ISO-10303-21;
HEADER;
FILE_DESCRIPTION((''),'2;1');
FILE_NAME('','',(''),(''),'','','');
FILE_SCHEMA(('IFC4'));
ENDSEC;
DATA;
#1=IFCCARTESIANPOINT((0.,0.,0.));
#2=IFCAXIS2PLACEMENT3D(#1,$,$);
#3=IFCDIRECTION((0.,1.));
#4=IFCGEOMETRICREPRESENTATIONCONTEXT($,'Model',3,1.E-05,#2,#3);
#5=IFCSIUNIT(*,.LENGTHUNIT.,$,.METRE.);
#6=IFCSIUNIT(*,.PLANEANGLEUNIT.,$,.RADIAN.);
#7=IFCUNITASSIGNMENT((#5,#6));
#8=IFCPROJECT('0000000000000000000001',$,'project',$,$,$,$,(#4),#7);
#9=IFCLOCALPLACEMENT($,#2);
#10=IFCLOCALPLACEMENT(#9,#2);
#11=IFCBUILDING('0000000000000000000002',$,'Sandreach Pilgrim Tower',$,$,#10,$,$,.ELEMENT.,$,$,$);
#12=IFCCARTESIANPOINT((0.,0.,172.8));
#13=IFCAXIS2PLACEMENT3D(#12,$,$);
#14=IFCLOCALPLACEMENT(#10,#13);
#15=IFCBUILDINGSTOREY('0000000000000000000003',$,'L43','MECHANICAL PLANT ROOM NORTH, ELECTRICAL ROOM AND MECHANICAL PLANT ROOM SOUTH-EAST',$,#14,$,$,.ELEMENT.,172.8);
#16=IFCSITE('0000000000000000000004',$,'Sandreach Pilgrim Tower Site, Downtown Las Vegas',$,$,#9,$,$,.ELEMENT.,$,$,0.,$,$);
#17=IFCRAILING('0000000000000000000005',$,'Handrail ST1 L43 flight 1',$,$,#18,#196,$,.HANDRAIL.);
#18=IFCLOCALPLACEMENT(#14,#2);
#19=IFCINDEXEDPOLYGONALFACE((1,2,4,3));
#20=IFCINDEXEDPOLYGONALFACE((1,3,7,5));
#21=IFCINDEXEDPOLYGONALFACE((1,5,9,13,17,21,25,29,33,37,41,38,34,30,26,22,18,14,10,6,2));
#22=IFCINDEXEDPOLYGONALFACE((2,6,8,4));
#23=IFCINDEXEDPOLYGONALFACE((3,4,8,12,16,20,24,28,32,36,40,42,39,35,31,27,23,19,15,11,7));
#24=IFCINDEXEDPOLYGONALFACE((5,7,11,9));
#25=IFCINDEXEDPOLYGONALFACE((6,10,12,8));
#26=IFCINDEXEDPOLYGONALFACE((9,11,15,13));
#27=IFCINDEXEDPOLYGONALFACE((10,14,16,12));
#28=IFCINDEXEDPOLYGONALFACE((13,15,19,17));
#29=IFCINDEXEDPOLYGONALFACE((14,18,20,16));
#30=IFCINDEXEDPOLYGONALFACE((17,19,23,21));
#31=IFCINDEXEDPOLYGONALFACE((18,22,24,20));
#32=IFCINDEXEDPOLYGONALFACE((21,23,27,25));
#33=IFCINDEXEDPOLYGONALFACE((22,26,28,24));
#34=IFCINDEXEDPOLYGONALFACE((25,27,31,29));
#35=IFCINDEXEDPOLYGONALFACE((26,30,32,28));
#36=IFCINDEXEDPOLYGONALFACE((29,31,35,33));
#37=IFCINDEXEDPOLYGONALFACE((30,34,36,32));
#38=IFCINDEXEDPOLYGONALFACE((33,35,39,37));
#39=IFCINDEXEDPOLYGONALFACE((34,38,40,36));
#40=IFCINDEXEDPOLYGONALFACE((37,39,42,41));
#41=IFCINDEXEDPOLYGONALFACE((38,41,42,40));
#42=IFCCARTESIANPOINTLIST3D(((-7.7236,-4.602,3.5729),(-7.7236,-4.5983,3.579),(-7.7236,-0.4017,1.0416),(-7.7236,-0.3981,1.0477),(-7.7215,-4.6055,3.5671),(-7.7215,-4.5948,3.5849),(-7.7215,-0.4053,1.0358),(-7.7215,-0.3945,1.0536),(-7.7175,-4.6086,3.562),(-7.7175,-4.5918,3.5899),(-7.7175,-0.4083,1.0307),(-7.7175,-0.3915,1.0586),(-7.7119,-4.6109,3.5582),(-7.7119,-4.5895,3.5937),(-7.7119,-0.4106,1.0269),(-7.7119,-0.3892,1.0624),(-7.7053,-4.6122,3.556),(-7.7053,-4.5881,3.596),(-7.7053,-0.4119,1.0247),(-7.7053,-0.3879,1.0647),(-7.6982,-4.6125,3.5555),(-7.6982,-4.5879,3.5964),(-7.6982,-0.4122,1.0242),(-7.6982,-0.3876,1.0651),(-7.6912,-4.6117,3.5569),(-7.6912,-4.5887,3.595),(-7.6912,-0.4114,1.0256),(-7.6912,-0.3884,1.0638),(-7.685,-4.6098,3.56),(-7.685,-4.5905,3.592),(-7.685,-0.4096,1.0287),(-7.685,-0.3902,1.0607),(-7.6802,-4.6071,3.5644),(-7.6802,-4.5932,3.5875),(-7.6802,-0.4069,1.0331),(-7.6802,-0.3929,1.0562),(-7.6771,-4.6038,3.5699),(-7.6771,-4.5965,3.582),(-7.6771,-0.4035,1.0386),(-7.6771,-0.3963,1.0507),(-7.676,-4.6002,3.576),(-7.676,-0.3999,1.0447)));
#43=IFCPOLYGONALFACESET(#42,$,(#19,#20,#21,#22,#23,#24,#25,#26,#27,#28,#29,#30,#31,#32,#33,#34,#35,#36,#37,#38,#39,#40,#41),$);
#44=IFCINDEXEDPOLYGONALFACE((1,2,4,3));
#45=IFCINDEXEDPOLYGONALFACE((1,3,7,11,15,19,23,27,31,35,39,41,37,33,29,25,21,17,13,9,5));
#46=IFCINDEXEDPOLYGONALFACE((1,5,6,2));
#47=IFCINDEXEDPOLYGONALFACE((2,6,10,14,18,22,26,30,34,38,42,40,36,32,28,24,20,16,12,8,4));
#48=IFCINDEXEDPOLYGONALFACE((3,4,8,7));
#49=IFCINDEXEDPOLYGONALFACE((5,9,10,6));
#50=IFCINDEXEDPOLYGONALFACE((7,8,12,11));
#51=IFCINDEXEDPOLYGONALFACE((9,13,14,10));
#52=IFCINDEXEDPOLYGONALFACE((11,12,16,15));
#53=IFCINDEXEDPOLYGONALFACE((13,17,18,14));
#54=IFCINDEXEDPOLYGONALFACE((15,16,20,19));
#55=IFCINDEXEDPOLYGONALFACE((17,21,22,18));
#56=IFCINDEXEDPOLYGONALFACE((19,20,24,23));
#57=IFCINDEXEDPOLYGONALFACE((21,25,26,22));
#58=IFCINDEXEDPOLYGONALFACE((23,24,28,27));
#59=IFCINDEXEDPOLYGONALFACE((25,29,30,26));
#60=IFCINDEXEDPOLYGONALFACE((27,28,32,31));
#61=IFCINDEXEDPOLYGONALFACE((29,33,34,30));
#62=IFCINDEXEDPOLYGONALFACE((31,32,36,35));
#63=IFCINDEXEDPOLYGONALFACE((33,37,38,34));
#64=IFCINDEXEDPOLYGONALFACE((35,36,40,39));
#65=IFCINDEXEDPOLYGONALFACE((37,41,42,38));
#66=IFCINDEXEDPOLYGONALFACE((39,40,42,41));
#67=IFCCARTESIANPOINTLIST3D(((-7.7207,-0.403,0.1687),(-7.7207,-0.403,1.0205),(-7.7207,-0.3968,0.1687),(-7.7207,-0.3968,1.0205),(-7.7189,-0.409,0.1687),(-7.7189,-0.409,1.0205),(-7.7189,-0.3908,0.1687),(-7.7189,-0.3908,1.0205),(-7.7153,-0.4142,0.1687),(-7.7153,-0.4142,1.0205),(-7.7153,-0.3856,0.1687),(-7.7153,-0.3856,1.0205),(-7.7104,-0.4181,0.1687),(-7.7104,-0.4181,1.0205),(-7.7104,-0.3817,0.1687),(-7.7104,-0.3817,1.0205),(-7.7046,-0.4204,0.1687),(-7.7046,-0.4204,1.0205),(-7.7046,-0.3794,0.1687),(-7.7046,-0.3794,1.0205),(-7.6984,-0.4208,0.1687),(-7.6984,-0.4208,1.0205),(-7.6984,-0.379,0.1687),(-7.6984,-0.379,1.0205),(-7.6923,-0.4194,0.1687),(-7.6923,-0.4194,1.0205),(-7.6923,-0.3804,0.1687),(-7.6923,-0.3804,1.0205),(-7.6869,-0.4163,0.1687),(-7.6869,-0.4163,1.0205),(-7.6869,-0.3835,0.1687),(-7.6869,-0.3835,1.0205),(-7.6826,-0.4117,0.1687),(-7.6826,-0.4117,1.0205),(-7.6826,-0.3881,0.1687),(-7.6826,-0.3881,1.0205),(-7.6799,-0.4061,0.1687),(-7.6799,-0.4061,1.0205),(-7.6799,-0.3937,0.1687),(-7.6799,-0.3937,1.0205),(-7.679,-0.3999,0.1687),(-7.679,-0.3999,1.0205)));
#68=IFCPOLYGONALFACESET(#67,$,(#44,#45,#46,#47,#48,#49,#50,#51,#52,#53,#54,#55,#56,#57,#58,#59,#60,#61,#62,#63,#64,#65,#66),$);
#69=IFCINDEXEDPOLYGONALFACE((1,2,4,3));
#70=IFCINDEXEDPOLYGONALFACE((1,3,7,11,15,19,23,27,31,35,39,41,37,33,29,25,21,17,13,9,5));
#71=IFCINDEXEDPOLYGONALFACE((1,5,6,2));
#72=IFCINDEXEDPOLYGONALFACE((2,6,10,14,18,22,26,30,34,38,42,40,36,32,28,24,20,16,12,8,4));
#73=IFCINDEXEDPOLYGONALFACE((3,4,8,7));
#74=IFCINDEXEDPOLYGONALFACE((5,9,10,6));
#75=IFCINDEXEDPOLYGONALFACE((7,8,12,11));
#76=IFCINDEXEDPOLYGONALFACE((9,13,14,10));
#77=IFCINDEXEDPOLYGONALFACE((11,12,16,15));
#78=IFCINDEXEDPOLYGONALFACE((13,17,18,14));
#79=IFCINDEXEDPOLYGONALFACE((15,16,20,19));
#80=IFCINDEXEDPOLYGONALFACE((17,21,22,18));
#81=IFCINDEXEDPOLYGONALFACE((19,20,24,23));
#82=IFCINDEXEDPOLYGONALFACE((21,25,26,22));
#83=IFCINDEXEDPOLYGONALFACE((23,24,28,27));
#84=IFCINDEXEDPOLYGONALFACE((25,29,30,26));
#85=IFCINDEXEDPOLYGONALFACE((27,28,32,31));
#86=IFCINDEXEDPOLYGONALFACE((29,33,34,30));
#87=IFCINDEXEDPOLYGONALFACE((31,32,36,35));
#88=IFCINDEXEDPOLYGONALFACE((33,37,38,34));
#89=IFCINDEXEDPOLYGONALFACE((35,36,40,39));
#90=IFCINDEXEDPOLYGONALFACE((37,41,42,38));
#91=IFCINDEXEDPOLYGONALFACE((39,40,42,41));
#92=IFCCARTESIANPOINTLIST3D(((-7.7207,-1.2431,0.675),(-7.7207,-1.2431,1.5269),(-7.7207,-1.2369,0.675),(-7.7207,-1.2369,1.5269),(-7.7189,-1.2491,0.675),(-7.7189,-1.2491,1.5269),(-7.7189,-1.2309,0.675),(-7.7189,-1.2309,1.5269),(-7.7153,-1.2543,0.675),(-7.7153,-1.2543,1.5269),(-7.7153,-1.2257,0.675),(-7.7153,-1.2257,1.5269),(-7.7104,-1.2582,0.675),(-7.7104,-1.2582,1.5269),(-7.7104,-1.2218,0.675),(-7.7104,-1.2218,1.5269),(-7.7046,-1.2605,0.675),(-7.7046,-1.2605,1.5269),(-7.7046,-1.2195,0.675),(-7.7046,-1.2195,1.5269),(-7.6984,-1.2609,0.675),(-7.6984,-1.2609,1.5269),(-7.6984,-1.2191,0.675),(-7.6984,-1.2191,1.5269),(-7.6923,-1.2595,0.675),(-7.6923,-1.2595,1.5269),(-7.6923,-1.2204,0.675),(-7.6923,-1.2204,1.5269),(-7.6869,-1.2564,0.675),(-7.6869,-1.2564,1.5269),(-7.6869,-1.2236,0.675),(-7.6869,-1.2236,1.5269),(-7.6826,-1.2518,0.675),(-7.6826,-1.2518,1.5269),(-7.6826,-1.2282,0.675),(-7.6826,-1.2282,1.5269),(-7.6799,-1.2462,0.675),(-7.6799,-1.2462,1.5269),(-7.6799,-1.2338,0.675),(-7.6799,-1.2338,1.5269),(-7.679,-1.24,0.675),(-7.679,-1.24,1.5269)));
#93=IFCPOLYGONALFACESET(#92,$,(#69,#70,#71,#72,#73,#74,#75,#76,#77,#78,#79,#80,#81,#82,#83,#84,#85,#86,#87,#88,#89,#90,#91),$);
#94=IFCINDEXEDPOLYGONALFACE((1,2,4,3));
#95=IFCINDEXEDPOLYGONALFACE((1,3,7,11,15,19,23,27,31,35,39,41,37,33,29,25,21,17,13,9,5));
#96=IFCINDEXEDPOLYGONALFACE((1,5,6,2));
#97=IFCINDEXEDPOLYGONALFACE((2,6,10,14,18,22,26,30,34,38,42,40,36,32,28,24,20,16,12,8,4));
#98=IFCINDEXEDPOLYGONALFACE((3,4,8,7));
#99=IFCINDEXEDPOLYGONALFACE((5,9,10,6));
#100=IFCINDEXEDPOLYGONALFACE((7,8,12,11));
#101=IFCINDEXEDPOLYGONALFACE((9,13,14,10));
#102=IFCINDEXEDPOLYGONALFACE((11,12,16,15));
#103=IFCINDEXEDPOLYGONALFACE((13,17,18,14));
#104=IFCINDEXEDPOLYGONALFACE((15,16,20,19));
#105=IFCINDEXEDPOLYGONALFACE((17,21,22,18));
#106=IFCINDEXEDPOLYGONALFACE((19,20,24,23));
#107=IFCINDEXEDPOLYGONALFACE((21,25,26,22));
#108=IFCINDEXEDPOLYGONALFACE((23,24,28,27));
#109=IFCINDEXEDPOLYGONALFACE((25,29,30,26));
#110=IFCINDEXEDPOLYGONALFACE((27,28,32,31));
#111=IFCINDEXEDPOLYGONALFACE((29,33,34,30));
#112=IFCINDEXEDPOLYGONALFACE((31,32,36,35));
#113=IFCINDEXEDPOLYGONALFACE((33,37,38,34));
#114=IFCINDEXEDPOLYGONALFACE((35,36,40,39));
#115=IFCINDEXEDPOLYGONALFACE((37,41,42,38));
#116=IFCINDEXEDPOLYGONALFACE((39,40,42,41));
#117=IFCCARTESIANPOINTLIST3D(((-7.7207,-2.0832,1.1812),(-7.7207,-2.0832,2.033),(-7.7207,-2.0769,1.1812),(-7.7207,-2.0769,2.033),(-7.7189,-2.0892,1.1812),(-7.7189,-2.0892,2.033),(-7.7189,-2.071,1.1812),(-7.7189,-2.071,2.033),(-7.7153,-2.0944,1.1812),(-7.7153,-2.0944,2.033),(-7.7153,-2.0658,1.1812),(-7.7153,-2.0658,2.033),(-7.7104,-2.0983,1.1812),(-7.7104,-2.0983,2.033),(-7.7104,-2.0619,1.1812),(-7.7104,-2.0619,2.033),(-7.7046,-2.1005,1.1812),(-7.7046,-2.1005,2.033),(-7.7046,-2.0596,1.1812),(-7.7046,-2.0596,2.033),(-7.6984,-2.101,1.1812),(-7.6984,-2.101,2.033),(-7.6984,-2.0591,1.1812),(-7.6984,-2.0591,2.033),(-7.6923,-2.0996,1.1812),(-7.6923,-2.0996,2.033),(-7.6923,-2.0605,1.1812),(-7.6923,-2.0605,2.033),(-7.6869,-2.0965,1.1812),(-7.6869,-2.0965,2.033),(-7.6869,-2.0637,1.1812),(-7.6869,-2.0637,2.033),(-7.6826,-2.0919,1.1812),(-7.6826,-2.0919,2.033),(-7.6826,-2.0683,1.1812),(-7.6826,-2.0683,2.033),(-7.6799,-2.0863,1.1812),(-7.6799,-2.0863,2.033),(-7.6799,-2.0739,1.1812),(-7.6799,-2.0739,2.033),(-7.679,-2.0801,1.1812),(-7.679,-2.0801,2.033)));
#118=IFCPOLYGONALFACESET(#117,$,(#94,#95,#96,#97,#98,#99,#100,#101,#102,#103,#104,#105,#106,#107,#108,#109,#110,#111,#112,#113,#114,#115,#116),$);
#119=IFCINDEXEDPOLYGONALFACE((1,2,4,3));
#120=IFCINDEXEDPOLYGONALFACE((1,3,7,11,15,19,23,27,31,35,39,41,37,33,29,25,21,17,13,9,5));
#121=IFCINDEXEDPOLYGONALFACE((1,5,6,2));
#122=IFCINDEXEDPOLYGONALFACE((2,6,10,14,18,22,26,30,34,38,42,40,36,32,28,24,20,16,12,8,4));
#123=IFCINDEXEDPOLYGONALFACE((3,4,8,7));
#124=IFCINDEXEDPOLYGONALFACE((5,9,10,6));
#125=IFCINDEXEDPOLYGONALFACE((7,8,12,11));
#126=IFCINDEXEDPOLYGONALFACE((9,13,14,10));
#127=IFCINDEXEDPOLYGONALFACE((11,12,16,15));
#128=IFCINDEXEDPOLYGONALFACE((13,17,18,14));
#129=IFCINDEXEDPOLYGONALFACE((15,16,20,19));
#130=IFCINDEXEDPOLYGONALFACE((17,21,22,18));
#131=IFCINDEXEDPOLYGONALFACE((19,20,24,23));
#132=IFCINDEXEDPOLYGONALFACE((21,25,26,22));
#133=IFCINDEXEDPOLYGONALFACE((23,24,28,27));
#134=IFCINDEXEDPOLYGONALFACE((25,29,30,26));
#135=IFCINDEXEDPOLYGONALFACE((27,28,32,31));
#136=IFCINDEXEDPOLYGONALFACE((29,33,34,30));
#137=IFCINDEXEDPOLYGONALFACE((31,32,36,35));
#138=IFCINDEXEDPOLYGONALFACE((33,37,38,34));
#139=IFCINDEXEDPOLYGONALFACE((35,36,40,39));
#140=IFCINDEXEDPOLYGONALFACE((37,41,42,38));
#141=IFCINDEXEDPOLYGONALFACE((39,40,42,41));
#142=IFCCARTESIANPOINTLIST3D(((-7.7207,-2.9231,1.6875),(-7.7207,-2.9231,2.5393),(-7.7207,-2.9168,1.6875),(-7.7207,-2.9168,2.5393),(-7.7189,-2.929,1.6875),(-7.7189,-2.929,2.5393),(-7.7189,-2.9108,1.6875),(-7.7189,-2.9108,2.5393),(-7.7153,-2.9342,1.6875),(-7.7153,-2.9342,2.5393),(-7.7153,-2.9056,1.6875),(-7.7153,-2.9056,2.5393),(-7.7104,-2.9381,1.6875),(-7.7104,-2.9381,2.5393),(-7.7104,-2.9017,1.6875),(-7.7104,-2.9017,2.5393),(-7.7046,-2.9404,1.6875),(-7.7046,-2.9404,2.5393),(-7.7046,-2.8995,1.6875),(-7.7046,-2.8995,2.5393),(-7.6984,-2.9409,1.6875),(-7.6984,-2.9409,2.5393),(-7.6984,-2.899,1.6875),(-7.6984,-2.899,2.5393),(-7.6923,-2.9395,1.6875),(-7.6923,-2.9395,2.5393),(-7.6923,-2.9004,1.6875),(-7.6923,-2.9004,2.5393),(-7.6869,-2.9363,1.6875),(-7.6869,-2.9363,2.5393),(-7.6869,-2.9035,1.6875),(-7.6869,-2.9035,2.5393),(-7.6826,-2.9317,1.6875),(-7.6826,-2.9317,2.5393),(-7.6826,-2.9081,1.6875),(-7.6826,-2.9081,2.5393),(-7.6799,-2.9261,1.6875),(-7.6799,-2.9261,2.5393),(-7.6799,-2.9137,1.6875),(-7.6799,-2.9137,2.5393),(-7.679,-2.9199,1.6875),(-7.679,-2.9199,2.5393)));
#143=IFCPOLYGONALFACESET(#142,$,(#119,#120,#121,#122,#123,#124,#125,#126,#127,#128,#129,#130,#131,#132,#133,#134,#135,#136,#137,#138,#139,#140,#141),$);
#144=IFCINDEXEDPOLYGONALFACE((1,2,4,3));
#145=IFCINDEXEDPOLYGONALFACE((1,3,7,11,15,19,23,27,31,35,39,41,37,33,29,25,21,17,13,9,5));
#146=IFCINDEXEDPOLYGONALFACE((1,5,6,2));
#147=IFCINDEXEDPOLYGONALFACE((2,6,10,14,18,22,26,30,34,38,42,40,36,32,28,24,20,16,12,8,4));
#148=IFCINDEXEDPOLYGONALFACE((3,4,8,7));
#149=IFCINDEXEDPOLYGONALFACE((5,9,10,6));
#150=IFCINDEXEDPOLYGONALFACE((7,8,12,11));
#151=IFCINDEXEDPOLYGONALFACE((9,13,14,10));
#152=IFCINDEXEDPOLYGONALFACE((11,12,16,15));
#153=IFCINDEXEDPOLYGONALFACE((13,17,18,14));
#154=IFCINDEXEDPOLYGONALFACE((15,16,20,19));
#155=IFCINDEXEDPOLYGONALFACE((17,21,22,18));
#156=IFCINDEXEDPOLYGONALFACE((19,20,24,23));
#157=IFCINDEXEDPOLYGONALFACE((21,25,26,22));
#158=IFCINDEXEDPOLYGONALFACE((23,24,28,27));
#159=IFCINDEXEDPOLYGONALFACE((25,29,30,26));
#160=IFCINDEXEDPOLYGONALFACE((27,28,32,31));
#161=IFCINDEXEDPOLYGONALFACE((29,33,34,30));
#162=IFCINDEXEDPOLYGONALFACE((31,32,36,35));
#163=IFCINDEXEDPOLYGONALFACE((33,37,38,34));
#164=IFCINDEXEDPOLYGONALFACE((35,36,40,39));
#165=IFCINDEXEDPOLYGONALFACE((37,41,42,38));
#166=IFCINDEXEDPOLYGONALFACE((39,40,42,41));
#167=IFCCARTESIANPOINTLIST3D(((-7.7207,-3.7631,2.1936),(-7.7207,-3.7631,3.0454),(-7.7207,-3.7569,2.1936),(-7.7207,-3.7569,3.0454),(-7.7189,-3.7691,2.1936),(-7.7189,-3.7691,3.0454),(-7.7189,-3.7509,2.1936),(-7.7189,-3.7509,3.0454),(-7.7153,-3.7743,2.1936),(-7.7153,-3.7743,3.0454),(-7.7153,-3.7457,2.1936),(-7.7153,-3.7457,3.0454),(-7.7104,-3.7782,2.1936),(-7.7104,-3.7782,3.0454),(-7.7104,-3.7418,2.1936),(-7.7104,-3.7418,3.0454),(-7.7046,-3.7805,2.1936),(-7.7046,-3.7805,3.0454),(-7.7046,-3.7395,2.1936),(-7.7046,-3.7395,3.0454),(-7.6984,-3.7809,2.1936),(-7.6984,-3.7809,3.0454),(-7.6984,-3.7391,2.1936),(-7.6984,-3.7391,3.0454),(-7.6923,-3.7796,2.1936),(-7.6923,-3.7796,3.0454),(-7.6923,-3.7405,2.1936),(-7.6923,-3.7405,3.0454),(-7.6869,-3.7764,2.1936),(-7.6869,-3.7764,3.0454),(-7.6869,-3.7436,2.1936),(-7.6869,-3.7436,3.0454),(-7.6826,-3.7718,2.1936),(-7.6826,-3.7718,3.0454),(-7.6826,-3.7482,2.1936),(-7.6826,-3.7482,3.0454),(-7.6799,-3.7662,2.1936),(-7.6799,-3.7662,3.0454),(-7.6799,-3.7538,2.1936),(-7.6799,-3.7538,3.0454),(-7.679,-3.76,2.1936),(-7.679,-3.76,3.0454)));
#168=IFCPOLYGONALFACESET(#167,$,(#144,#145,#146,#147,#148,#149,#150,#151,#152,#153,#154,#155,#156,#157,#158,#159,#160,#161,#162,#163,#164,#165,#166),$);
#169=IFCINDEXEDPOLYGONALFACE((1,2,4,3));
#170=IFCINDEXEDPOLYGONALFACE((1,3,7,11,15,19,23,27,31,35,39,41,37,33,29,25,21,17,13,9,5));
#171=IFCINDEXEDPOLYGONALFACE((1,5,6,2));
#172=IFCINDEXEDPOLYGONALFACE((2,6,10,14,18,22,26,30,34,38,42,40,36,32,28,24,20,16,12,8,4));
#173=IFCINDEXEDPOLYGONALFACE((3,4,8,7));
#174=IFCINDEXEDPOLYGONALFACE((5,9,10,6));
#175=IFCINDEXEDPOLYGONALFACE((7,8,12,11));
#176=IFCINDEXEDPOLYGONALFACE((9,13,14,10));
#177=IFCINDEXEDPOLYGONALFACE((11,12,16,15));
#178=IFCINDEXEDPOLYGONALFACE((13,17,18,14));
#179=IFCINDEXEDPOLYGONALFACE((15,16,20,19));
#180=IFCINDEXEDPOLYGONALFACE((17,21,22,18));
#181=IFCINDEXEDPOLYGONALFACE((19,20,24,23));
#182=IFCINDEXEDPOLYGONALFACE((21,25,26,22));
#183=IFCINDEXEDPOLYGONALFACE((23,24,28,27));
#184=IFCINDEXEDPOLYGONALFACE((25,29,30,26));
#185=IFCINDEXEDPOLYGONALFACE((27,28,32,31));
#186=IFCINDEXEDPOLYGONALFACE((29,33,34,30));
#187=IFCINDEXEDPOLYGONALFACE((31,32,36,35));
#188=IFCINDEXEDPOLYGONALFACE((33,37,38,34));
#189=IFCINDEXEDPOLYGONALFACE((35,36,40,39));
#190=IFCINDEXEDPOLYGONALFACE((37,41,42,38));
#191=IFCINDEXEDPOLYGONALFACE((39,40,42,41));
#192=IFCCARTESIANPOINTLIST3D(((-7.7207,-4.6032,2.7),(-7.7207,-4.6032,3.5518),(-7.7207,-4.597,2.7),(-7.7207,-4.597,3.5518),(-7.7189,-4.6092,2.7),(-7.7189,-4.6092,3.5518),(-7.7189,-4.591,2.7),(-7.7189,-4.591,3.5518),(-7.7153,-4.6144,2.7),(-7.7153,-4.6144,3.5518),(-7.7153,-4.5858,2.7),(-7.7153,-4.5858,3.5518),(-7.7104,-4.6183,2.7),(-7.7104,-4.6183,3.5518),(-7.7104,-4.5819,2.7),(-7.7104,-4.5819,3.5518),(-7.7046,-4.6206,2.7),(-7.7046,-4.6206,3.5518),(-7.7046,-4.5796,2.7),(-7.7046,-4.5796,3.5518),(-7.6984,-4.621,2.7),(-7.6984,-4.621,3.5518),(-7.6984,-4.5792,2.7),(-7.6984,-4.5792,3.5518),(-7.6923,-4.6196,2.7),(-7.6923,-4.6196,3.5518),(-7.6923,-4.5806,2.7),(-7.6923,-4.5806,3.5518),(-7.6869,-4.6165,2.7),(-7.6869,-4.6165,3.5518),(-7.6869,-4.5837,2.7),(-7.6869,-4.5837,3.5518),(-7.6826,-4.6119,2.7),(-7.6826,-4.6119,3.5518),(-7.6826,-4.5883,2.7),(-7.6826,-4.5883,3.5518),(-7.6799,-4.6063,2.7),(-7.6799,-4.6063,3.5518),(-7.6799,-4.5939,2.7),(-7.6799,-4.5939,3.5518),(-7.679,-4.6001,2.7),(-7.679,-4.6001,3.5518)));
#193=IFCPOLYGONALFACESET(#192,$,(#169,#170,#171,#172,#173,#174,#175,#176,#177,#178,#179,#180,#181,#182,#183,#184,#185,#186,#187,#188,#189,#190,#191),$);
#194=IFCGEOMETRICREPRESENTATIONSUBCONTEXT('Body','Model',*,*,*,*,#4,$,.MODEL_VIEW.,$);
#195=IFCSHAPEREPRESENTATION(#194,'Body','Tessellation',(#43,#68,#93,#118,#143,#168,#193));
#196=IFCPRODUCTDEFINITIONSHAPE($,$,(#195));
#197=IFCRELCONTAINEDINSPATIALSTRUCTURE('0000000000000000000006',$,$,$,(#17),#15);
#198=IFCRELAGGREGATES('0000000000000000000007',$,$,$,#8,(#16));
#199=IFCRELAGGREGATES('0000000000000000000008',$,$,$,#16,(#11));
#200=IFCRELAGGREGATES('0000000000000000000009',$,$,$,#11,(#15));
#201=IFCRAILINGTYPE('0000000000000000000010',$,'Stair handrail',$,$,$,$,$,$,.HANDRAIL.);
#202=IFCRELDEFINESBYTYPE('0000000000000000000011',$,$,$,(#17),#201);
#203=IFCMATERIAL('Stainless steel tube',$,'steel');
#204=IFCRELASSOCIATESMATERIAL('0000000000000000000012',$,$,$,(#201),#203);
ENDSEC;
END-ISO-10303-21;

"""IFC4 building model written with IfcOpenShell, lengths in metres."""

from ifc_helpers import new_model, si_unit, direction, frame, origin, origin_2d, place, context, subcontext, project, spatial, circle, extrude, material, type_object, element, save


model = new_model("IFC4")

# Units and contexts
model_context = context("Model", 3, precision=1e-05, world=origin(), true_north=direction((0.0, 1.0)))
body_context = subcontext(model_context, "Body", "Model", "MODEL_VIEW")
ifc_project = project(units=[si_unit("LENGTHUNIT", "METRE"), si_unit("PLANEANGLEUNIT", "RADIAN")], contexts=[model_context])

# Site, building, storey
site_placement = place(None, origin())
site = spatial("IfcSite", under=ifc_project, at=site_placement, Name="Sandreach Pilgrim Tower Site, Downtown Las Vegas", CompositionType="ELEMENT", RefElevation=0.0)
building_placement = place(site_placement, origin())
building = spatial("IfcBuilding", under=site, at=building_placement, Name="Sandreach Pilgrim Tower", CompositionType="ELEMENT")
storey_placement = place(building_placement, frame((0.0, 0.0, 172.8)))
storey = spatial("IfcBuildingStorey", under=building, at=storey_placement, Name="L43", Description="MECHANICAL PLANT ROOM NORTH, ELECTRICAL ROOM AND MECHANICAL PLANT ROOM SOUTH-EAST", CompositionType="ELEMENT", Elevation=172.8)

# Railing
ifc_material_1 = material(Name="Stainless steel tube", Category="steel")
railing_type = type_object("IfcRailingType", Name="Stair handrail", PredefinedType="HANDRAIL", material=ifc_material_1)
for number, where, name in (
    (1, (-7.7, -0.3999, 0.1687), "Handrail ST1 L43 flight 1"),
):
    element("IfcRailing", number, at=place(storey_placement, frame(where)), inside=storey, type_object=railing_type, Name=name, PredefinedType="HANDRAIL", context=body_context, shape_type="SweptSolid", body=[
        extrude(circle(Radius=0.0239, at=origin_2d()), frame((0.0, 0.0, 0.876), z_axis=(0.0, -0.85649, 0.516164), x_axis=(1.0, 0.0, 0.0)), (0.0, 0.0, 1.0), 4.9041),
        extrude(circle(Radius=0.021, at=origin_2d()), origin(), (0.0, 0.0, 1.0), 0.8518),
        extrude(circle(Radius=0.021, at=origin_2d()), frame((0.0, -0.8401, 0.5063)), (0.0, 0.0, 1.0), 0.8518),
        extrude(circle(Radius=0.021, at=origin_2d()), frame((0.0, -1.6802, 1.0125)), (0.0, 0.0, 1.0), 0.8518),
        extrude(circle(Radius=0.021, at=origin_2d()), frame((0.0, -2.52, 1.5188)), (0.0, 0.0, 1.0), 0.8518),
        extrude(circle(Radius=0.021, at=origin_2d()), frame((0.0, -3.3601, 2.0249)), (0.0, 0.0, 1.0), 0.8518),
        extrude(circle(Radius=0.021, at=origin_2d()), frame((0.0, -4.2002, 2.5312)), (0.0, 0.0, 1.0), 0.8518),
    ])

save(model, "model.ifc")
